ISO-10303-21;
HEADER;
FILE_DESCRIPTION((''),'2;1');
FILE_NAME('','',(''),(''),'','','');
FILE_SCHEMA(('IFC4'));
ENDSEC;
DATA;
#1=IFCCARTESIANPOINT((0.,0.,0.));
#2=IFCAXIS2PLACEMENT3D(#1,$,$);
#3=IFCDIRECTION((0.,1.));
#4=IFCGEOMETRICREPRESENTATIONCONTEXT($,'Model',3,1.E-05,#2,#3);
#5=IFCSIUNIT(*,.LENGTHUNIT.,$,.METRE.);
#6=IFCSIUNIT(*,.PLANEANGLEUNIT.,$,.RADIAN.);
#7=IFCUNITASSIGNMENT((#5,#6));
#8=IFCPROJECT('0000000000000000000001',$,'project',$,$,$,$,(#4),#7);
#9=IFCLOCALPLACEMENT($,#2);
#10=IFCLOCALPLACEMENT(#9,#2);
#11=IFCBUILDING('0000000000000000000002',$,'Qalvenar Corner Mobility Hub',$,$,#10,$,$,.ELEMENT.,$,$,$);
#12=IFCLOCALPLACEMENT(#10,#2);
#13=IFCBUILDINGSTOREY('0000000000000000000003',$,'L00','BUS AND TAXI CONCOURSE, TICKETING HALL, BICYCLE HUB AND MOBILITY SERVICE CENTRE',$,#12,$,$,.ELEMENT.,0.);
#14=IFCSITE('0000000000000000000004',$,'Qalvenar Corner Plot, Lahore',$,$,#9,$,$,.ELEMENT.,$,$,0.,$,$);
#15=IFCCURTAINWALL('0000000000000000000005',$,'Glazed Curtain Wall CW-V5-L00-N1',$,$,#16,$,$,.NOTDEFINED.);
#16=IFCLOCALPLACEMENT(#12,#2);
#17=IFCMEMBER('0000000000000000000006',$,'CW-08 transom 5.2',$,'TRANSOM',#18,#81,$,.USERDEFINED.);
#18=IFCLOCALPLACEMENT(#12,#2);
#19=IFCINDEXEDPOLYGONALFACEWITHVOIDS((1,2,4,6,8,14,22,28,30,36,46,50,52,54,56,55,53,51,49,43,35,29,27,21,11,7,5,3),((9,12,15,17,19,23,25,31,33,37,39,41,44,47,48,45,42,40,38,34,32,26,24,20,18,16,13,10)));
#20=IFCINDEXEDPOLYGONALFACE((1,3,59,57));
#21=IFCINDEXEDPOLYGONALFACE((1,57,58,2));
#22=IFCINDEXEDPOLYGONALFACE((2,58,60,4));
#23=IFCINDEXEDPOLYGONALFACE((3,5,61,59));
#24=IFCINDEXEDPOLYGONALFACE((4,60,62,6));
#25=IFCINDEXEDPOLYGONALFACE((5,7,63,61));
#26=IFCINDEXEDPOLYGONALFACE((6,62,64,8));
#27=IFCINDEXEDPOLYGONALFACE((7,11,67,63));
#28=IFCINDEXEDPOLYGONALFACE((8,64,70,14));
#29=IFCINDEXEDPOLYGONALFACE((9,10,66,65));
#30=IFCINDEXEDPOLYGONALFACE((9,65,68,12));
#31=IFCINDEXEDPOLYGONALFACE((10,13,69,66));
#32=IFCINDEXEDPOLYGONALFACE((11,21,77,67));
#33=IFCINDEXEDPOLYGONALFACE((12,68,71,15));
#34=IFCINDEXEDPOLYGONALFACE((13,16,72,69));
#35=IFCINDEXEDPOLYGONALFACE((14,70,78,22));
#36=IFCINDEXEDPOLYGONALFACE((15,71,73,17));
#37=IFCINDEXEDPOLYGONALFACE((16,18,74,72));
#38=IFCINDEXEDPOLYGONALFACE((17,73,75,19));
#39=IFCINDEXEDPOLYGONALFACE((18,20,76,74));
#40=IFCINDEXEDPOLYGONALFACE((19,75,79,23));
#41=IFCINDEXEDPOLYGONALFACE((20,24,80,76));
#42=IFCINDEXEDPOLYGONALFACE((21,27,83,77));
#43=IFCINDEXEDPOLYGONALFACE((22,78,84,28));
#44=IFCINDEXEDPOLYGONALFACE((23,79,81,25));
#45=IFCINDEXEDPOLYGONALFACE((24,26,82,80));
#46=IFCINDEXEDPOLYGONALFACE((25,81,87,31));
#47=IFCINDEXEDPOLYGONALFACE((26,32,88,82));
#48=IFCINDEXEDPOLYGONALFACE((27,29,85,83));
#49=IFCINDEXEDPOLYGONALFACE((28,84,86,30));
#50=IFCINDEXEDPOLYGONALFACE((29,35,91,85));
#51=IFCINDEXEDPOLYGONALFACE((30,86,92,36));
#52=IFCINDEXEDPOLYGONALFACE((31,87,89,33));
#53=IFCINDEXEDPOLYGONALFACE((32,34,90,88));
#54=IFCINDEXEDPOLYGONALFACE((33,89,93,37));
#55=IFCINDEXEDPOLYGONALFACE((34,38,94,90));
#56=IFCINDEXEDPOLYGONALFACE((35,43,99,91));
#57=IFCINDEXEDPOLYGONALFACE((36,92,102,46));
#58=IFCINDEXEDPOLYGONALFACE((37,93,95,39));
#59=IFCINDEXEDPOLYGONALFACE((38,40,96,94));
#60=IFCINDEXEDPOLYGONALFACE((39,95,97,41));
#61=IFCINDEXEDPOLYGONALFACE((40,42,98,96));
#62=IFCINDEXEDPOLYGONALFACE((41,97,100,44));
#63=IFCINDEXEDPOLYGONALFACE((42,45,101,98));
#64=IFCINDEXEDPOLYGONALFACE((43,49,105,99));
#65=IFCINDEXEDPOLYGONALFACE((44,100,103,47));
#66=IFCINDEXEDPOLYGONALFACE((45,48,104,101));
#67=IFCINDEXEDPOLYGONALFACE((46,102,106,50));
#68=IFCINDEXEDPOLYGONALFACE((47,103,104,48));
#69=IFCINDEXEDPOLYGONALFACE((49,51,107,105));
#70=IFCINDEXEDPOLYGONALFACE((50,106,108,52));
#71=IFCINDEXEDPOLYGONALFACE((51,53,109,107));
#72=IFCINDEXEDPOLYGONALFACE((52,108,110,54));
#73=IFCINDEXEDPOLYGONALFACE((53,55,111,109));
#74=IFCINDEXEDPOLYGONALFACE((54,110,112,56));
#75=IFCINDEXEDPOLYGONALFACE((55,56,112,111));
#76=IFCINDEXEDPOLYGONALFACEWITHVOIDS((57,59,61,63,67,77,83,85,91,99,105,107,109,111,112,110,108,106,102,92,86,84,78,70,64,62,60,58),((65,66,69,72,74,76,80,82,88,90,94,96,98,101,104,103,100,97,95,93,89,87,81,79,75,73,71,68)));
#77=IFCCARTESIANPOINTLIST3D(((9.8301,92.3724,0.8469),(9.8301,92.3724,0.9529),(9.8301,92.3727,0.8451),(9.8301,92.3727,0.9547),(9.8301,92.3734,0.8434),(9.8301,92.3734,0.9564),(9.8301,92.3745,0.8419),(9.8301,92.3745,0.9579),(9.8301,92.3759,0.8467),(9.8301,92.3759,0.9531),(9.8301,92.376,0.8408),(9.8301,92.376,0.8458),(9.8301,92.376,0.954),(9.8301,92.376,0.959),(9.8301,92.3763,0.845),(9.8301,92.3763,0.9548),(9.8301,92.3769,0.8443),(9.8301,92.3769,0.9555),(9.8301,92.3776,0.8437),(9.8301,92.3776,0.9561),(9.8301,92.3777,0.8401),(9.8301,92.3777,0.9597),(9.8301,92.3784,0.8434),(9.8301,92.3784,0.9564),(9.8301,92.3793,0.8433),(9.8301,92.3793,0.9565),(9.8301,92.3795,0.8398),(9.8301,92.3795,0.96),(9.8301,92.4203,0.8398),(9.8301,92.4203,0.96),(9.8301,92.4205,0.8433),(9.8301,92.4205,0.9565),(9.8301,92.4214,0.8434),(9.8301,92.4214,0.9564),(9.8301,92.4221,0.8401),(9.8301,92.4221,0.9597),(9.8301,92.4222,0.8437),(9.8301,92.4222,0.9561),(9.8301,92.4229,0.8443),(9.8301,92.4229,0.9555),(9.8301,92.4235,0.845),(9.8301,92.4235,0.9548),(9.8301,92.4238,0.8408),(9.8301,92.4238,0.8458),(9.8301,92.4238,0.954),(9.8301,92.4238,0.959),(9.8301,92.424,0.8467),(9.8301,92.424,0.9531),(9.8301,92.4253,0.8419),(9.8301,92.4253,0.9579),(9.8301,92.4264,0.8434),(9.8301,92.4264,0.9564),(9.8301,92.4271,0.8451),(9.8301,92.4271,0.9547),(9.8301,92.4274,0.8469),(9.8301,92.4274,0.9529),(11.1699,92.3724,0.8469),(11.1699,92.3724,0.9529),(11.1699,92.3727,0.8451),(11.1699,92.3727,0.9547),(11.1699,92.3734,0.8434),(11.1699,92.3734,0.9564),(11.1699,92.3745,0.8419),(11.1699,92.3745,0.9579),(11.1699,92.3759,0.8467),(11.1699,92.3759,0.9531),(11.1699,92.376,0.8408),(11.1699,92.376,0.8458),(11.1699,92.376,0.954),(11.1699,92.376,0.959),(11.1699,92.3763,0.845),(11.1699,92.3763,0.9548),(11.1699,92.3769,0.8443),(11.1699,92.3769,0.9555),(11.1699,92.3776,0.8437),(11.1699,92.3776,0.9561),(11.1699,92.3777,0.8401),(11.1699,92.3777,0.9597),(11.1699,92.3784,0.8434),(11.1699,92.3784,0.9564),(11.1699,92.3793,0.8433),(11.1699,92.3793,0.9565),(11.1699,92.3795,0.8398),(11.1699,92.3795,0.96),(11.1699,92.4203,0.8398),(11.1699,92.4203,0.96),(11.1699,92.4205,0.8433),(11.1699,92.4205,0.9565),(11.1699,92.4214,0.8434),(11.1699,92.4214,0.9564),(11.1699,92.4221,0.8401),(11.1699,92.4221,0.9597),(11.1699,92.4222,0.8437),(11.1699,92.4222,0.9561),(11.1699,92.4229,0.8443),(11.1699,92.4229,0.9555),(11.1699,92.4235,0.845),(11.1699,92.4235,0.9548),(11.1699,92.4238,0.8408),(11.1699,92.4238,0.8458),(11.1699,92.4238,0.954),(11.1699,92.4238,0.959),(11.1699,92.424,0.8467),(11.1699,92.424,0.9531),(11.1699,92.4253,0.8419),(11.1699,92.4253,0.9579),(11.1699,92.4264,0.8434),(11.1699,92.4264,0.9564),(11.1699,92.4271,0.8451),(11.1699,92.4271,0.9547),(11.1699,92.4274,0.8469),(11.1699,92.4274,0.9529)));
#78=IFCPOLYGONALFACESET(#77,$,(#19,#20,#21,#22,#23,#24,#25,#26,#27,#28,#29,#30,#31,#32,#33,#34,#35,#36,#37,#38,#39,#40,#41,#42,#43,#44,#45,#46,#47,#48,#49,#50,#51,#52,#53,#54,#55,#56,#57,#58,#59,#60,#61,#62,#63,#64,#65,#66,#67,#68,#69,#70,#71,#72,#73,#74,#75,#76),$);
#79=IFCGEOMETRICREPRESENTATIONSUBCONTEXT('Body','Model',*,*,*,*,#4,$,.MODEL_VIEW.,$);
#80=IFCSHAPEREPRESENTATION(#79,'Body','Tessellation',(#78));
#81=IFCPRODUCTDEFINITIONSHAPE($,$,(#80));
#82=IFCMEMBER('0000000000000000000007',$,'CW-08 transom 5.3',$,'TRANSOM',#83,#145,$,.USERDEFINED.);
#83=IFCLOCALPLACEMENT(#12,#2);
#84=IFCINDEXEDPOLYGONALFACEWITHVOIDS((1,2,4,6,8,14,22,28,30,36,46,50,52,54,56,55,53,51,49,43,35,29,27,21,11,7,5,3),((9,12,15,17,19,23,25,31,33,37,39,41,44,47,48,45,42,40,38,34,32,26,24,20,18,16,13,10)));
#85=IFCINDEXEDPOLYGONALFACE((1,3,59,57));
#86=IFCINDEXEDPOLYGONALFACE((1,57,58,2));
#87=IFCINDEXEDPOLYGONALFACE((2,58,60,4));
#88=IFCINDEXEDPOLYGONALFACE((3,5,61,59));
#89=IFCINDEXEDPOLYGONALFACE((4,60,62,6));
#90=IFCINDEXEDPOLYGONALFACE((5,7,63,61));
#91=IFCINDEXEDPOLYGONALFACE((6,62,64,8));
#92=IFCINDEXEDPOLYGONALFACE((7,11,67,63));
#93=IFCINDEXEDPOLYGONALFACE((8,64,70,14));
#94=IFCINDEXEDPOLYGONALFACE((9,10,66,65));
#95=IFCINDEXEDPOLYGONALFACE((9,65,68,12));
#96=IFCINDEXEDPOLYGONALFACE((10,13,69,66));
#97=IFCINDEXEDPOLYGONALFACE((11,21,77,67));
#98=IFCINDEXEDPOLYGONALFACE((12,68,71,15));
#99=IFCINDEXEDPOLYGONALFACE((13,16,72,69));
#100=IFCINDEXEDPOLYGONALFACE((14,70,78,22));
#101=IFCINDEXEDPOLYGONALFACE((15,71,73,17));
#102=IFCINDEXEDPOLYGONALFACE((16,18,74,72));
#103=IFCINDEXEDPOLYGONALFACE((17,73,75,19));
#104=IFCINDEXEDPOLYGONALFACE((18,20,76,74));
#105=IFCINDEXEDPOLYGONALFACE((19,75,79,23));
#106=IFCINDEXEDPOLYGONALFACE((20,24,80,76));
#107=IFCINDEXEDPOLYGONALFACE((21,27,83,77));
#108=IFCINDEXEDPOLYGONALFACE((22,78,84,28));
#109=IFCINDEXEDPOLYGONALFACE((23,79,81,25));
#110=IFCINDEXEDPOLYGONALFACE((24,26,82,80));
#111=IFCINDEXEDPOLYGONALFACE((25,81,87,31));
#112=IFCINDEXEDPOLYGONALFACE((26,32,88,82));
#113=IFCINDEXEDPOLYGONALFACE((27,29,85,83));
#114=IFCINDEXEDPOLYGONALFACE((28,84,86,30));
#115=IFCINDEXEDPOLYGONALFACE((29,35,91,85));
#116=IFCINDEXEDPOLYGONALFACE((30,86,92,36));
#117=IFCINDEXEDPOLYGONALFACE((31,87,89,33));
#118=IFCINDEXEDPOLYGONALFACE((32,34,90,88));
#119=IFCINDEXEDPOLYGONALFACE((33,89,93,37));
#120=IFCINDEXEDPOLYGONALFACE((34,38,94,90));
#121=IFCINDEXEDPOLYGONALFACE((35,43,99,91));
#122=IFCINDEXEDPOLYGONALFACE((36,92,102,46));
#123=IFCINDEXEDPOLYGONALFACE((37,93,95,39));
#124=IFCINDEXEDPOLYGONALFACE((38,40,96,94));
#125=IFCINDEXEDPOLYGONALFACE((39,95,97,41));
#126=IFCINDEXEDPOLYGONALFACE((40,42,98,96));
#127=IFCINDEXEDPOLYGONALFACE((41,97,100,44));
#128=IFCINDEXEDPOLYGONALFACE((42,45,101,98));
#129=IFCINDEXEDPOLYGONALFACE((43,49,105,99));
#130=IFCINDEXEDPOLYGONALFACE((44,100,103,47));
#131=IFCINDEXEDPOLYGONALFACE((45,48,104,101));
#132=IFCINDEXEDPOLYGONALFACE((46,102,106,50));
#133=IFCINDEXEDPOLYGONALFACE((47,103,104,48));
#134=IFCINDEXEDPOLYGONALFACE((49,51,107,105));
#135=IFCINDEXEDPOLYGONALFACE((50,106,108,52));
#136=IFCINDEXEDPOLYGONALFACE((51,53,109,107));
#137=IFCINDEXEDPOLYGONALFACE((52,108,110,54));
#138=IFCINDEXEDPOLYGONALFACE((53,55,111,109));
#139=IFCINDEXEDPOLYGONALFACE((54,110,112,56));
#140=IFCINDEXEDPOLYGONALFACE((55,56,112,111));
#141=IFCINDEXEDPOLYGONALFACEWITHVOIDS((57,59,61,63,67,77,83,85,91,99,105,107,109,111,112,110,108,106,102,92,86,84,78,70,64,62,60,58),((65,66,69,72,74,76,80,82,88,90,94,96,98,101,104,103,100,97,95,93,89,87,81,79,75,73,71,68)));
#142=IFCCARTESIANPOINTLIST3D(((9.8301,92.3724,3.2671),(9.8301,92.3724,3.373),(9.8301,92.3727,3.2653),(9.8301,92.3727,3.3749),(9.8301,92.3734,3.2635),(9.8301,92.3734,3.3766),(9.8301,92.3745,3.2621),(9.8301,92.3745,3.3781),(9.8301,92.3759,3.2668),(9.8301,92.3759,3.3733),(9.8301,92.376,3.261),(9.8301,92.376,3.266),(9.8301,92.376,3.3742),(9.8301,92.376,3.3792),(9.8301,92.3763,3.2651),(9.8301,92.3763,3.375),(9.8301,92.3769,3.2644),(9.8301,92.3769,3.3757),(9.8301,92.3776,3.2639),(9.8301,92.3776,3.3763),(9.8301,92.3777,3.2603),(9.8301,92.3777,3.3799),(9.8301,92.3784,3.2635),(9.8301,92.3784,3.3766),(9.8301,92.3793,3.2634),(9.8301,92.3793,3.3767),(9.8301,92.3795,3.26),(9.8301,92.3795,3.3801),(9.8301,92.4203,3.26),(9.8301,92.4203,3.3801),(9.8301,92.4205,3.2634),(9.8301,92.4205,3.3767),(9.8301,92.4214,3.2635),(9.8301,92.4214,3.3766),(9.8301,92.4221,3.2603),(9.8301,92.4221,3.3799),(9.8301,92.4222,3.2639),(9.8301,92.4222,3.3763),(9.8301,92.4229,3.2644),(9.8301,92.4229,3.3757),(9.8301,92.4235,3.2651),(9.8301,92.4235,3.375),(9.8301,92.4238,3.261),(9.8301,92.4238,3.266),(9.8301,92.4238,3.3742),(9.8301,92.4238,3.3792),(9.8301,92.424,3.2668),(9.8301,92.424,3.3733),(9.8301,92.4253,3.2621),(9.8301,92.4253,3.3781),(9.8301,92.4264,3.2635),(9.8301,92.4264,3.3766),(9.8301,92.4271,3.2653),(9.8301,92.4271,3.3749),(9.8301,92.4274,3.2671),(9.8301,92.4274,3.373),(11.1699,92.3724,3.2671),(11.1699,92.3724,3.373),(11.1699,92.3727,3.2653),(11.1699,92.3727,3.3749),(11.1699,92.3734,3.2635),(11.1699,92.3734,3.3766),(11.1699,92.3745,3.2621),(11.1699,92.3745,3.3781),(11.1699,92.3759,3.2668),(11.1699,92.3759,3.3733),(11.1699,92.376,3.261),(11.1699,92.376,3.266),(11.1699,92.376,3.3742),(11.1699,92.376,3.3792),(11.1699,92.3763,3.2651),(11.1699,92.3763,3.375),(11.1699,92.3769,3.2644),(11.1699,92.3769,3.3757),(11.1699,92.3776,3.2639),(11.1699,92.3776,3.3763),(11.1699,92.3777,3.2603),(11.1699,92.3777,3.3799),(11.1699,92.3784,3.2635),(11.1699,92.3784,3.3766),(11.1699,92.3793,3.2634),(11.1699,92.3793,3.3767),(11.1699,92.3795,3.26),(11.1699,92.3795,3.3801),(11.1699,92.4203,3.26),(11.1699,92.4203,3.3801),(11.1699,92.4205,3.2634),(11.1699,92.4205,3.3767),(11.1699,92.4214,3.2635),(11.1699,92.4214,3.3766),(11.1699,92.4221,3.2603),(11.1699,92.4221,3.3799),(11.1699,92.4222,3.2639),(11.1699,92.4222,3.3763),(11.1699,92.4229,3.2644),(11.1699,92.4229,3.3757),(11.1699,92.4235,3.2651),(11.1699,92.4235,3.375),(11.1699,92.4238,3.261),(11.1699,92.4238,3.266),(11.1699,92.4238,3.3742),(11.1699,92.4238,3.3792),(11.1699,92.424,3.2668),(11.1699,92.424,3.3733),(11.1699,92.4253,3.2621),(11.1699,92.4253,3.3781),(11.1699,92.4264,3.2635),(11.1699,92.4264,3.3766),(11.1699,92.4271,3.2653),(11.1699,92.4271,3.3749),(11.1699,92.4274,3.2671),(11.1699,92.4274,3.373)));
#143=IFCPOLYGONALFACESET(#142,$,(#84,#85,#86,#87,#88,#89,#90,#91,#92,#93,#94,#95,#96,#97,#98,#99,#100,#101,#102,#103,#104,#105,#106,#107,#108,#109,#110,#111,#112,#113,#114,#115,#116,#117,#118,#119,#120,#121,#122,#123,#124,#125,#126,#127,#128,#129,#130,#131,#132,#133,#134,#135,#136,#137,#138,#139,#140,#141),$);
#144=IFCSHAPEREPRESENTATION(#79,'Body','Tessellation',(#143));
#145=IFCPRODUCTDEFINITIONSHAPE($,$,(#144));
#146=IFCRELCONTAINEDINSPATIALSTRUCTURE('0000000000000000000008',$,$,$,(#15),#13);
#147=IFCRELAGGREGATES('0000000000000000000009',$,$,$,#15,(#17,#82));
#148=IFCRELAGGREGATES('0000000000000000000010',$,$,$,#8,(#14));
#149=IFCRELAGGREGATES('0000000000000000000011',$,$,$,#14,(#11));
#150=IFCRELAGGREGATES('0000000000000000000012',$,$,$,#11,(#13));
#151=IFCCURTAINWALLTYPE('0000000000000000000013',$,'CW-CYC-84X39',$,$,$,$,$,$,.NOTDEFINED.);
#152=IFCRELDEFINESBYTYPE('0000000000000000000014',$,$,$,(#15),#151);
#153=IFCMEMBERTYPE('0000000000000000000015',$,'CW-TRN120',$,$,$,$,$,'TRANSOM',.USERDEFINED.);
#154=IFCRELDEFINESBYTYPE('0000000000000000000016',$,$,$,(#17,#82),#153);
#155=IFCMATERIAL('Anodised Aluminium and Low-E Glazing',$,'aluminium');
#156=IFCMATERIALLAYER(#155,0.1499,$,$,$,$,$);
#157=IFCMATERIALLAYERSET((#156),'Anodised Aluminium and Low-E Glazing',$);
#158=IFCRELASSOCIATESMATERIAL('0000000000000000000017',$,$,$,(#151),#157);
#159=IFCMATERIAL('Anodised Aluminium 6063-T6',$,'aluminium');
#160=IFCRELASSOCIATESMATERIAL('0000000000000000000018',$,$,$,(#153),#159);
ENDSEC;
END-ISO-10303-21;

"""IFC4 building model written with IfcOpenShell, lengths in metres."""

from ifc_helpers import new_model, si_unit, direction, frame, origin, origin_2d, place, context, subcontext, project, spatial, hollow_rectangle, extrude, material, layer, layer_set, material_profile, profile_set, type_object, element, aggregate, save


model = new_model("IFC4")

# Units and contexts
model_context = context("Model", 3, precision=1e-05, world=origin(), true_north=direction((0.0, 1.0)))
body_context = subcontext(model_context, "Body", "Model", "MODEL_VIEW")
ifc_project = project(units=[si_unit("LENGTHUNIT", "METRE"), si_unit("PLANEANGLEUNIT", "RADIAN")], contexts=[model_context])

# Site, building, storey
site_placement = place(None, origin())
site = spatial("IfcSite", under=ifc_project, at=site_placement, Name="Qalvenar Corner Plot, Lahore", CompositionType="ELEMENT", RefElevation=0.0)
building_placement = place(site_placement, origin())
building = spatial("IfcBuilding", under=site, at=building_placement, Name="Qalvenar Corner Mobility Hub", CompositionType="ELEMENT")
storey_placement = place(building_placement, origin())
storey = spatial("IfcBuildingStorey", under=building, at=storey_placement, Name="L00", Description="BUS AND TAXI CONCOURSE, TICKETING HALL, BICYCLE HUB AND MOBILITY SERVICE CENTRE", CompositionType="ELEMENT", Elevation=0.0)

# Shared definitions
ifc_material_1 = material(Name="Anodised Aluminium and Low-E Glazing", Category="aluminium")
ifc_layer_1 = layer(ifc_material_1, 0.1499)
ifc_layer_set_1 = layer_set([ifc_layer_1], Name="Anodised Aluminium and Low-E Glazing")
curtain_wall_type = type_object("IfcCurtainWallType", Name="CW-CYC-84X39", PredefinedType="NOTDEFINED", material=ifc_layer_set_1)
ifc_material_2 = material(Name="Anodised Aluminium 6063-T6", Category="aluminium")

# Curtain wall
curtain_wall_1_placement = place(storey_placement, origin())
curtain_wall_1 = element("IfcCurtainWall", 1, at=curtain_wall_1_placement, inside=storey, type_object=curtain_wall_type, Name="Glazed Curtain Wall CW-V5-L00-N1", PredefinedType="NOTDEFINED")

# Members
ifc_material_profile_1 = material_profile(ifc_material_2, hollow_rectangle(XDim=0.0549, YDim=0.1201, WallThickness=0.0034, InnerFilletRadius=0.0034, OuterFilletRadius=0.0071, at=origin_2d()), Name="RHS120x55x3.5")
ifc_profile_set_1 = profile_set([ifc_material_profile_1], Name="Anodised Aluminium 6063-T6")
member_type_1 = type_object("IfcMemberType", Name="CW-TRN120", ElementType="TRANSOM", PredefinedType="USERDEFINED", material=ifc_profile_set_1)
member_1_placement = place(storey_placement, frame((11.1699, 92.3999, 0.8999), z_axis=(-1.0, 0.0, 0.0), x_axis=(0.0, -1.0, 0.0)))
member_1 = element("IfcMember", 2, at=member_1_placement, type_object=member_type_1, Name="CW-08 transom 5.2", ObjectType="TRANSOM", PredefinedType="USERDEFINED", context=body_context, shape_type="SweptSolid", body=[
    extrude(hollow_rectangle(XDim=0.0549, YDim=0.1201, WallThickness=0.0034, InnerFilletRadius=0.0034, OuterFilletRadius=0.0071, at=origin_2d()), origin(), (0.0, 0.0, 1.0), 1.3398),
])
member_2_placement = place(storey_placement, frame((11.1699, 92.3999, 3.3201), z_axis=(-1.0, 0.0, 0.0), x_axis=(0.0, -1.0, 0.0)))
member_2 = element("IfcMember", 3, at=member_2_placement, type_object=member_type_1, Name="CW-08 transom 5.3", ObjectType="TRANSOM", PredefinedType="USERDEFINED", context=body_context, shape_type="SweptSolid", body=[
    extrude(hollow_rectangle(XDim=0.0549, YDim=0.1201, WallThickness=0.0034, InnerFilletRadius=0.0034, OuterFilletRadius=0.0071, at=origin_2d()), origin(), (0.0, 0.0, 1.0), 1.3398),
])

aggregate(curtain_wall_1, [member_1, member_2])

save(model, "model.ifc")
